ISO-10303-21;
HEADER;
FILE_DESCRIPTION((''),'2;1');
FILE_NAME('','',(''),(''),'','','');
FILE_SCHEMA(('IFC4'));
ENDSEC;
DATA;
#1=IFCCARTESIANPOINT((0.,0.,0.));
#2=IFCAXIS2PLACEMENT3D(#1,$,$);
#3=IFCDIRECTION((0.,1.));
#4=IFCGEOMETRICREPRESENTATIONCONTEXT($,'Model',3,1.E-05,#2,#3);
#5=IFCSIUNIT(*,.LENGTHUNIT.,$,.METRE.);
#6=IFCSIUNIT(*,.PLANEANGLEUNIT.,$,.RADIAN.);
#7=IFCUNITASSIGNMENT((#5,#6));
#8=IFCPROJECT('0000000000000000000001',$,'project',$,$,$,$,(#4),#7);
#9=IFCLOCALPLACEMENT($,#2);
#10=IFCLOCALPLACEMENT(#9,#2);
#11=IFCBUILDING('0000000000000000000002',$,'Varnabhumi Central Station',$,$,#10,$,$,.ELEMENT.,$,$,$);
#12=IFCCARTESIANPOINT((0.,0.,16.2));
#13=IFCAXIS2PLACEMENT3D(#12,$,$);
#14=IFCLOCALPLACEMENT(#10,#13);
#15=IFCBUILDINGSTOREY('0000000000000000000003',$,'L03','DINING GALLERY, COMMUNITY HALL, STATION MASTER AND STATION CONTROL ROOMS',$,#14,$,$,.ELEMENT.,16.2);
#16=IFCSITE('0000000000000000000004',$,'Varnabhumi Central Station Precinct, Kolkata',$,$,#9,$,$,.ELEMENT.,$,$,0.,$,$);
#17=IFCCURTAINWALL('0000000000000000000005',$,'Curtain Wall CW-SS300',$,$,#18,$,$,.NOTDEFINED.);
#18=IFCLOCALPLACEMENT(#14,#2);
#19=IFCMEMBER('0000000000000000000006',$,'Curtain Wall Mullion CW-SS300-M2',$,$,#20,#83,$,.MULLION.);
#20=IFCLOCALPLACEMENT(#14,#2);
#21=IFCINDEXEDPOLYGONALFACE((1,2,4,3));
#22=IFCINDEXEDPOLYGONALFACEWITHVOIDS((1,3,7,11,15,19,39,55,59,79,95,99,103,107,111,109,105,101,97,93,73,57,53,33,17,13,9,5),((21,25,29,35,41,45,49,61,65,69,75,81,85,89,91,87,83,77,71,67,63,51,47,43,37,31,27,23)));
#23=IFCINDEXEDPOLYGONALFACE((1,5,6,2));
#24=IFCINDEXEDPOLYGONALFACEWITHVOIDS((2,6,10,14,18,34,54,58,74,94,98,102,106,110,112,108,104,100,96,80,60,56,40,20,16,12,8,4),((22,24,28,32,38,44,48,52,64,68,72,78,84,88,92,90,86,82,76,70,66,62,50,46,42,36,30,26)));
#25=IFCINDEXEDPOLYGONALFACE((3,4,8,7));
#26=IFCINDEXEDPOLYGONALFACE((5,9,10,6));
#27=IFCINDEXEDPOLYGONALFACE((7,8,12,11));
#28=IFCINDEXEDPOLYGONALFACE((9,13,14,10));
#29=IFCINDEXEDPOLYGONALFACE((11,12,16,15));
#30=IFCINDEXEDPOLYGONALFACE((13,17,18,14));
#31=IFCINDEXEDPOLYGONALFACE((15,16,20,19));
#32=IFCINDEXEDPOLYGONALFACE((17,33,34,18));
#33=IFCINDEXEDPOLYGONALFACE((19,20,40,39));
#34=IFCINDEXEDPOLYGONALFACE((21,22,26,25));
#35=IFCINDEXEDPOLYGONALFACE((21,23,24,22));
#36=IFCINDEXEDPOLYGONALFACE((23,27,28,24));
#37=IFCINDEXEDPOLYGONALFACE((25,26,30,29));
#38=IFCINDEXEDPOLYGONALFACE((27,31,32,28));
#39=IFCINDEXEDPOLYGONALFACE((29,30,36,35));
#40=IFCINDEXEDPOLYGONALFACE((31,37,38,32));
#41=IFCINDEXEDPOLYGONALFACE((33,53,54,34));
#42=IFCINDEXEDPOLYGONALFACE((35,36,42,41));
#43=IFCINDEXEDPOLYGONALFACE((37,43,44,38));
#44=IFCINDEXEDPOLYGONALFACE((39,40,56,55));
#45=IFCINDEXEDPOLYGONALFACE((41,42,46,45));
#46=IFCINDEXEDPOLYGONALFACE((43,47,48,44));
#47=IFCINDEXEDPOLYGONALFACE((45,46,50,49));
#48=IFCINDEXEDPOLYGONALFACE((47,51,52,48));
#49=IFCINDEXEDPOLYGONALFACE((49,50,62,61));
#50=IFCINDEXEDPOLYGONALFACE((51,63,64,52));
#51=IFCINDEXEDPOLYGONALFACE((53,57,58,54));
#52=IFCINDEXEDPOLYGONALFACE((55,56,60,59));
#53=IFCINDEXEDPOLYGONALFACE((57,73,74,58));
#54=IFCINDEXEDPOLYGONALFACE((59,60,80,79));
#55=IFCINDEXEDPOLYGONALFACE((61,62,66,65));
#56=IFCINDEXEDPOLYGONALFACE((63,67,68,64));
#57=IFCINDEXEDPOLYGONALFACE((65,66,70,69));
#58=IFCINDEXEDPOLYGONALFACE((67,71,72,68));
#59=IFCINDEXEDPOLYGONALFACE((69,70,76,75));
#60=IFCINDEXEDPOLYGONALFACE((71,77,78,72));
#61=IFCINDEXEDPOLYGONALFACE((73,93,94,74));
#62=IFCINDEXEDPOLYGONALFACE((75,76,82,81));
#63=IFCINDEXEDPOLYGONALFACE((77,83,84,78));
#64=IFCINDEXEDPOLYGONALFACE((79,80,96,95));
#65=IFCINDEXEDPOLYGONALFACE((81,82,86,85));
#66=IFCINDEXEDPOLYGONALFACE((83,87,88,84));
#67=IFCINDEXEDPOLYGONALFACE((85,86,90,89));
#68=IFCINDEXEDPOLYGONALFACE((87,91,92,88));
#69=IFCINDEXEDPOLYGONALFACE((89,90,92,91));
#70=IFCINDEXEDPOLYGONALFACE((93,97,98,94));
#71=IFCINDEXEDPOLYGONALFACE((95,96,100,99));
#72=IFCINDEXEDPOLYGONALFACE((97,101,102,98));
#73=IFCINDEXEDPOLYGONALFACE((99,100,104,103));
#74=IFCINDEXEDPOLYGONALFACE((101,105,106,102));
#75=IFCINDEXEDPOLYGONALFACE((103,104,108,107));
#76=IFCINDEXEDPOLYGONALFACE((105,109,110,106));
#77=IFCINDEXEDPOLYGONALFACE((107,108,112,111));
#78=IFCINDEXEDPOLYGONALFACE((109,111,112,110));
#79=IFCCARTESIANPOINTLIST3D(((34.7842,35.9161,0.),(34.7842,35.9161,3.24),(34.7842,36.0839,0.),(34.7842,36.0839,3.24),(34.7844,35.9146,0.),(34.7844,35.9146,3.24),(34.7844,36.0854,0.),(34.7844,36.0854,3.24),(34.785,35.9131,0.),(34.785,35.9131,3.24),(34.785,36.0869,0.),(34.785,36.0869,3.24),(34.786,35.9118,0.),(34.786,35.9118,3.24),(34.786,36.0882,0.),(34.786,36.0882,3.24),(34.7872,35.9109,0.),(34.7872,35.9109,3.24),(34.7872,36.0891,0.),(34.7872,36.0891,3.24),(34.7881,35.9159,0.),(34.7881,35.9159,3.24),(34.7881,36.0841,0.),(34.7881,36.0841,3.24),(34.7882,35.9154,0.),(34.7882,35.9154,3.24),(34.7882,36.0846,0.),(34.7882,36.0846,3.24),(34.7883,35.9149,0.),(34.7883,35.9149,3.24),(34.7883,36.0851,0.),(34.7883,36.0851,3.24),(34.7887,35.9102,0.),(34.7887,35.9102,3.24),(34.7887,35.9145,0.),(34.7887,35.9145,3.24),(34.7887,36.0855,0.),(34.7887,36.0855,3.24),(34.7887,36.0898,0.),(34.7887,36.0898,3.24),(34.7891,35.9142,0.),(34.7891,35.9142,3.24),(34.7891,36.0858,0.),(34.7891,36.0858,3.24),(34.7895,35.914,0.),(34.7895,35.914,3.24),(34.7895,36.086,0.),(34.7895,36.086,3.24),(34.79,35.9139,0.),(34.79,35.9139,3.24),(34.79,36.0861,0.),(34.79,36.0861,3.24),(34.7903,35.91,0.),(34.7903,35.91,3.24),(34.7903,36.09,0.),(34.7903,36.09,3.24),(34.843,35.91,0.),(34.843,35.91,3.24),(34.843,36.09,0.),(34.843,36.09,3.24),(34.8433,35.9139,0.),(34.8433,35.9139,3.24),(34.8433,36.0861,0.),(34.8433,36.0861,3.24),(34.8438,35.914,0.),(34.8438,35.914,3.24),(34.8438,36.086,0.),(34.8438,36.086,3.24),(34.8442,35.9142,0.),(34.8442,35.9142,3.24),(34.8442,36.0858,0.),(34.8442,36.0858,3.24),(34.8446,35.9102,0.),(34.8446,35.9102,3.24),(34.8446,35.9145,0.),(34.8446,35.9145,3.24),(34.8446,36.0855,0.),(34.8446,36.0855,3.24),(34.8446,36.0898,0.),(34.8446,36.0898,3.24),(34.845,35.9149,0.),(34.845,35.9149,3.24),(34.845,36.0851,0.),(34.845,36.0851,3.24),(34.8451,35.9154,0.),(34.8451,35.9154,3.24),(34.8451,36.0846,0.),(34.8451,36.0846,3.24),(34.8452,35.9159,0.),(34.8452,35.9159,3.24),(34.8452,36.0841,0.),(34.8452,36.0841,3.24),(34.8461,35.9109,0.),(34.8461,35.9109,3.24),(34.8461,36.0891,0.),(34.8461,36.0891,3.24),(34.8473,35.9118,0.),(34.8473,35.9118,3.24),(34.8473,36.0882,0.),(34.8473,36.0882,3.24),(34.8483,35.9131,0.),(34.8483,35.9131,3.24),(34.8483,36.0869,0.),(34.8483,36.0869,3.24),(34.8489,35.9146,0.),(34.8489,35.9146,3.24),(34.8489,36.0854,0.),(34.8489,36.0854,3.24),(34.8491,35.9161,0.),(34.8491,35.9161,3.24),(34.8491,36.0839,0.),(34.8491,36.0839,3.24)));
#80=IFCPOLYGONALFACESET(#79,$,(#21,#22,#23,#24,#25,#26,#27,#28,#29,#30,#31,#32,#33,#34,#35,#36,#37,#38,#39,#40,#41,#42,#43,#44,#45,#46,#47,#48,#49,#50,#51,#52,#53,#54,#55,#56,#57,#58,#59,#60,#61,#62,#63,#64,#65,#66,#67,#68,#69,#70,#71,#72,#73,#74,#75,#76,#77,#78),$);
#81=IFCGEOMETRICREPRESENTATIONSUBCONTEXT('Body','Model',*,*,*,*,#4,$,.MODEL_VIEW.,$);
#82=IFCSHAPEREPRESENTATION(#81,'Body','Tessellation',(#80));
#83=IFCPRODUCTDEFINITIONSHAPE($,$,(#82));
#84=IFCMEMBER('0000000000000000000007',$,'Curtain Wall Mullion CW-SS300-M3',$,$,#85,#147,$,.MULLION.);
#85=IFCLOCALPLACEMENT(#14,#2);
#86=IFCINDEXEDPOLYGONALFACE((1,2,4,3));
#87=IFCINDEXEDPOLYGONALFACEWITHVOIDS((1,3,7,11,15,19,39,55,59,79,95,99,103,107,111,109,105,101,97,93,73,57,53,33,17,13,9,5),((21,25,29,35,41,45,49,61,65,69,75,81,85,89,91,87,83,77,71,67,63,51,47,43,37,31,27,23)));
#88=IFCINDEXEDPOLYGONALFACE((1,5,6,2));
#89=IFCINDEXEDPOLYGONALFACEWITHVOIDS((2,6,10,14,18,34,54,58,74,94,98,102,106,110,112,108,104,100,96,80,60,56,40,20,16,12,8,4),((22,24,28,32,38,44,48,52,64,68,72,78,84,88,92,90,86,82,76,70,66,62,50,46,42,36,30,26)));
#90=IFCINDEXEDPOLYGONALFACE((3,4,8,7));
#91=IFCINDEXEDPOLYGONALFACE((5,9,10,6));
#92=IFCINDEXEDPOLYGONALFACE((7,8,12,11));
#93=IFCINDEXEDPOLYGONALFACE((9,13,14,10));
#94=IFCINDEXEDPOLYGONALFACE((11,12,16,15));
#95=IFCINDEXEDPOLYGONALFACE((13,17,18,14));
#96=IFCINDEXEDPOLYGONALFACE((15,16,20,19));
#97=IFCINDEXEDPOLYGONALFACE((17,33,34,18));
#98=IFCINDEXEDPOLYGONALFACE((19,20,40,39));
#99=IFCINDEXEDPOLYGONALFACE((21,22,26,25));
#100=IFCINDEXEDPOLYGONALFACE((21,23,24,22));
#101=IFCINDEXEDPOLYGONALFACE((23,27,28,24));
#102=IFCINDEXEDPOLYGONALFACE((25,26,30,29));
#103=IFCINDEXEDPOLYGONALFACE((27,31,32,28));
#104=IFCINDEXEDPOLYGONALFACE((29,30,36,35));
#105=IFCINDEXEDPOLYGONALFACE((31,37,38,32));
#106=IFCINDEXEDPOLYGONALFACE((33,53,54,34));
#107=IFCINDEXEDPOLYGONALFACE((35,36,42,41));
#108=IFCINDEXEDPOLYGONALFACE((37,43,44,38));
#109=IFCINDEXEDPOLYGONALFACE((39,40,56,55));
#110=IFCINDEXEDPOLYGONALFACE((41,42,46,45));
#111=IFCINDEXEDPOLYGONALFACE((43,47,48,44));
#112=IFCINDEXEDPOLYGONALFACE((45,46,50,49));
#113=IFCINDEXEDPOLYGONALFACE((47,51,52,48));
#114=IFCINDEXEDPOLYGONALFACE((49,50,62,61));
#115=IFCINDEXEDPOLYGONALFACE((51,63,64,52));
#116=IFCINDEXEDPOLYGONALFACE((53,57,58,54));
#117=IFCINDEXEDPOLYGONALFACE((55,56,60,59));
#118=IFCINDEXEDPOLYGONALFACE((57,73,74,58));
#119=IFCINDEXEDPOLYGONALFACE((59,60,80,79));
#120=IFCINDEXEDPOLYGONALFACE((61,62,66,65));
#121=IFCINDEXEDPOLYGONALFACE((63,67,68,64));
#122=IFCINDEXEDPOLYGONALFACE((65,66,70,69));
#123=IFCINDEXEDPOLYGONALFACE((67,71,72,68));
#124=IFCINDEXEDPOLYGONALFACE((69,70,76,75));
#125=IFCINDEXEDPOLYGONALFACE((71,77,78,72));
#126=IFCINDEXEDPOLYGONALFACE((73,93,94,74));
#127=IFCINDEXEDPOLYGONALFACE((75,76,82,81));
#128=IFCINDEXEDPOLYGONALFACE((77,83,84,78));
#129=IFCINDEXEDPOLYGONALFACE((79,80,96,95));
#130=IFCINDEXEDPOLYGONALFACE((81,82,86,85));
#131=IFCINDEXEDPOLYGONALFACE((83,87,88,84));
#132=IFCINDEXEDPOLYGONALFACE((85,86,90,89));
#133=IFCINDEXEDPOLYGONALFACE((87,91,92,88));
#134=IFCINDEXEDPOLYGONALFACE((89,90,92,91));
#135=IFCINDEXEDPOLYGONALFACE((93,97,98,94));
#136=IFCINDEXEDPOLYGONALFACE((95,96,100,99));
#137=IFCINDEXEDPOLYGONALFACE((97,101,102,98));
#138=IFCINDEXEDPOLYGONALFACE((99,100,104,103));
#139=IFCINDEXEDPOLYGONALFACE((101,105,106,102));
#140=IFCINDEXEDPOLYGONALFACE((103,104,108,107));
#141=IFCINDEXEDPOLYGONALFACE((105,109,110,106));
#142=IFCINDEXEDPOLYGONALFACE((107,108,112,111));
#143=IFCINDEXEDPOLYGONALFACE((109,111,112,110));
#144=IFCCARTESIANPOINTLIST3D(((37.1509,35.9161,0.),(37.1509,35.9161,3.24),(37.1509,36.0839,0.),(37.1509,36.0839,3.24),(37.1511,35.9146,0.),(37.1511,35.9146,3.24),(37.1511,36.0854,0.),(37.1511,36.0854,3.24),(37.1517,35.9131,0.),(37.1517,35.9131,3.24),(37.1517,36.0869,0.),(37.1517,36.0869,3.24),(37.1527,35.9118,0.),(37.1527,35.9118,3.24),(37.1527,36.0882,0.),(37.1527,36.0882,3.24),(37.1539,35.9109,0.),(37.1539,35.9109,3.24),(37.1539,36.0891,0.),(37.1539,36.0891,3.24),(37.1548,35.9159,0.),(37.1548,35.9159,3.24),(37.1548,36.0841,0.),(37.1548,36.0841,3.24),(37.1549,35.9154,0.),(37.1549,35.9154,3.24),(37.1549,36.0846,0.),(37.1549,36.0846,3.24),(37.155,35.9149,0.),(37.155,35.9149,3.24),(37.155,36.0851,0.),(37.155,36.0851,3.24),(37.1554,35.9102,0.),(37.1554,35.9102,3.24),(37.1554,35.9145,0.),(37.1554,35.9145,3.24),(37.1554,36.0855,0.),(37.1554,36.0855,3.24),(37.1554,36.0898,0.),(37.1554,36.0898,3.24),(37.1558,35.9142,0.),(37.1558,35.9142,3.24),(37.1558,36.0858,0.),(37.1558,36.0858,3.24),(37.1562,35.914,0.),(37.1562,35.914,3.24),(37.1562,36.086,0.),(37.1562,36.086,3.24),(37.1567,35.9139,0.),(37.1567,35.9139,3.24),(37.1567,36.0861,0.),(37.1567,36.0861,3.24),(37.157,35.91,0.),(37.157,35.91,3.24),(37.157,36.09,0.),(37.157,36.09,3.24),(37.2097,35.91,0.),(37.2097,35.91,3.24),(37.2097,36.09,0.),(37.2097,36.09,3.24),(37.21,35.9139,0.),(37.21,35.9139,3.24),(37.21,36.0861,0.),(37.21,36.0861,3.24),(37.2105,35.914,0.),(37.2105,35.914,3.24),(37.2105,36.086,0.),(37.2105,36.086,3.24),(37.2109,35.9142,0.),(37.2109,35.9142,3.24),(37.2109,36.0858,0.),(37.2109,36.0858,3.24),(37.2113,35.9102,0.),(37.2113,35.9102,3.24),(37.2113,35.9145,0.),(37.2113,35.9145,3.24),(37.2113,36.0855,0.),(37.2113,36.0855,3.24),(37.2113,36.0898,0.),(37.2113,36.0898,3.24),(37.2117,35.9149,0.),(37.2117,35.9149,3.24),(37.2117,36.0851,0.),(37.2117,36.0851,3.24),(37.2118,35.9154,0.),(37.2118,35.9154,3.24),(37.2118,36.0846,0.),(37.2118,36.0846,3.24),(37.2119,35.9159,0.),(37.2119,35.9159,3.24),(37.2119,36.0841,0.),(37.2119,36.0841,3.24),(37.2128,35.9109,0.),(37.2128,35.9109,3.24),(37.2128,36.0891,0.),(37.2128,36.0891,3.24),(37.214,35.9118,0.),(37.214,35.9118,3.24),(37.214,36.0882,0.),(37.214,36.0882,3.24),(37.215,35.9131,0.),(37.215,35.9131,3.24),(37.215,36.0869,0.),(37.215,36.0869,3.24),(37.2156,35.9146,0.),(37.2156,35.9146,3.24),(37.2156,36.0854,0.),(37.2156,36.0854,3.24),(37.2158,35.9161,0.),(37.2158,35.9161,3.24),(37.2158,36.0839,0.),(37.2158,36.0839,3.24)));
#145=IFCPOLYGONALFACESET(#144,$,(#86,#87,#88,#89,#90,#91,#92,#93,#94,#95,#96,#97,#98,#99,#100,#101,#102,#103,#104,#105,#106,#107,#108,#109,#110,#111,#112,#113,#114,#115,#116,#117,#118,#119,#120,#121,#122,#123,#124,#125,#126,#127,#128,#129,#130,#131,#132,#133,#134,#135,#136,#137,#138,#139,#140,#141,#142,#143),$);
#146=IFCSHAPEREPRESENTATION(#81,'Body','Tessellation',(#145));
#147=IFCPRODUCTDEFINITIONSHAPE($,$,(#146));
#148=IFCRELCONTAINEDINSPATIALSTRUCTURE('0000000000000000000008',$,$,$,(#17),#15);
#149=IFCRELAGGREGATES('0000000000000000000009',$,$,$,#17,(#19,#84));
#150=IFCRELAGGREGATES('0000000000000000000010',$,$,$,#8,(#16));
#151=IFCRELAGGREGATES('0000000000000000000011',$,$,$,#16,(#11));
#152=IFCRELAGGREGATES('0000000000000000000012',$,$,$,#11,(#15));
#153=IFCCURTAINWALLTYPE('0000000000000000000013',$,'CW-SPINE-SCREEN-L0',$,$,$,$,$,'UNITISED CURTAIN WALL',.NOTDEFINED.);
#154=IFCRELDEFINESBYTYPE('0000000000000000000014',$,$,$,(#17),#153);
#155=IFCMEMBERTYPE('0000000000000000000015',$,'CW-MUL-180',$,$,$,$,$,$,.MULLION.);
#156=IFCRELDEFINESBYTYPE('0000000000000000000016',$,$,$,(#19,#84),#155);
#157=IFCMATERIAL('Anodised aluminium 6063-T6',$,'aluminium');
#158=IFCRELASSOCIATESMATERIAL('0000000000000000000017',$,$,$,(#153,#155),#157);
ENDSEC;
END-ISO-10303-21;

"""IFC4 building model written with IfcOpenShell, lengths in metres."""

from ifc_helpers import new_model, si_unit, direction, frame, origin, origin_2d, place, context, subcontext, project, spatial, hollow_rectangle, extrude, material, material_profile, profile_set, type_object, element, aggregate, save


model = new_model("IFC4")

# Units and contexts
model_context = context("Model", 3, precision=1e-05, world=origin(), true_north=direction((0.0, 1.0)))
body_context = subcontext(model_context, "Body", "Model", "MODEL_VIEW")
ifc_project = project(units=[si_unit("LENGTHUNIT", "METRE"), si_unit("PLANEANGLEUNIT", "RADIAN")], contexts=[model_context])

# Site, building, storey
site_placement = place(None, origin())
site = spatial("IfcSite", under=ifc_project, at=site_placement, Name="Varnabhumi Central Station Precinct, Kolkata", CompositionType="ELEMENT", RefElevation=0.0)
building_placement = place(site_placement, origin())
building = spatial("IfcBuilding", under=site, at=building_placement, Name="Varnabhumi Central Station", CompositionType="ELEMENT")
storey_placement = place(building_placement, frame((0.0, 0.0, 16.2)))
storey = spatial("IfcBuildingStorey", under=building, at=storey_placement, Name="L03", Description="DINING GALLERY, COMMUNITY HALL, STATION MASTER AND STATION CONTROL ROOMS", CompositionType="ELEMENT", Elevation=16.2)

# Curtain wall, members
ifc_material_1 = material(Name="Anodised aluminium 6063-T6", Category="aluminium")
curtain_wall_type = type_object("IfcCurtainWallType", Name="CW-SPINE-SCREEN-L0", ElementType="UNITISED CURTAIN WALL", PredefinedType="NOTDEFINED", material=ifc_material_1)
curtain_wall_placement = place(storey_placement, origin())
curtain_wall = element("IfcCurtainWall", 1, at=curtain_wall_placement, inside=storey, type_object=curtain_wall_type, Name="Curtain Wall CW-SS300", PredefinedType="NOTDEFINED")
ifc_material_profile_1 = material_profile(ifc_material_1, hollow_rectangle(XDim=0.0649, YDim=0.1799, WallThickness=0.0039, InnerFilletRadius=0.002, OuterFilletRadius=0.0061, at=origin_2d()), Name="Anodised aluminium 6063-T6", Category="aluminium")
ifc_profile_set_1 = profile_set([ifc_material_profile_1], Name="Anodised aluminium 6063-T6")
member_type_1 = type_object("IfcMemberType", Name="CW-MUL-180", PredefinedType="MULLION", material=ifc_profile_set_1)
member_1_placement = place(storey_placement, frame((34.8167, 36.0, 0.0), z_axis=(0.0, 0.0, 1.0), x_axis=(1.0, 0.0, 0.0)))
member_1 = element("IfcMember", 2, at=member_1_placement, type_object=member_type_1, Name="Curtain Wall Mullion CW-SS300-M2", PredefinedType="MULLION", context=body_context, shape_type="SweptSolid", body=[
    extrude(hollow_rectangle(XDim=0.0649, YDim=0.1799, WallThickness=0.0039, InnerFilletRadius=0.002, OuterFilletRadius=0.0061, at=origin_2d()), origin(), (0.0, 0.0, 1.0), 3.24),
])
member_2_placement = place(storey_placement, frame((37.1833, 36.0, 0.0), z_axis=(0.0, 0.0, 1.0), x_axis=(1.0, 0.0, 0.0)))
member_2 = element("IfcMember", 3, at=member_2_placement, type_object=member_type_1, Name="Curtain Wall Mullion CW-SS300-M3", PredefinedType="MULLION", context=body_context, shape_type="SweptSolid", body=[
    extrude(hollow_rectangle(XDim=0.0649, YDim=0.1799, WallThickness=0.0039, InnerFilletRadius=0.002, OuterFilletRadius=0.0061, at=origin_2d()), origin(), (0.0, 0.0, 1.0), 3.24),
])
aggregate(curtain_wall, [member_1, member_2])

save(model, "model.ifc")
